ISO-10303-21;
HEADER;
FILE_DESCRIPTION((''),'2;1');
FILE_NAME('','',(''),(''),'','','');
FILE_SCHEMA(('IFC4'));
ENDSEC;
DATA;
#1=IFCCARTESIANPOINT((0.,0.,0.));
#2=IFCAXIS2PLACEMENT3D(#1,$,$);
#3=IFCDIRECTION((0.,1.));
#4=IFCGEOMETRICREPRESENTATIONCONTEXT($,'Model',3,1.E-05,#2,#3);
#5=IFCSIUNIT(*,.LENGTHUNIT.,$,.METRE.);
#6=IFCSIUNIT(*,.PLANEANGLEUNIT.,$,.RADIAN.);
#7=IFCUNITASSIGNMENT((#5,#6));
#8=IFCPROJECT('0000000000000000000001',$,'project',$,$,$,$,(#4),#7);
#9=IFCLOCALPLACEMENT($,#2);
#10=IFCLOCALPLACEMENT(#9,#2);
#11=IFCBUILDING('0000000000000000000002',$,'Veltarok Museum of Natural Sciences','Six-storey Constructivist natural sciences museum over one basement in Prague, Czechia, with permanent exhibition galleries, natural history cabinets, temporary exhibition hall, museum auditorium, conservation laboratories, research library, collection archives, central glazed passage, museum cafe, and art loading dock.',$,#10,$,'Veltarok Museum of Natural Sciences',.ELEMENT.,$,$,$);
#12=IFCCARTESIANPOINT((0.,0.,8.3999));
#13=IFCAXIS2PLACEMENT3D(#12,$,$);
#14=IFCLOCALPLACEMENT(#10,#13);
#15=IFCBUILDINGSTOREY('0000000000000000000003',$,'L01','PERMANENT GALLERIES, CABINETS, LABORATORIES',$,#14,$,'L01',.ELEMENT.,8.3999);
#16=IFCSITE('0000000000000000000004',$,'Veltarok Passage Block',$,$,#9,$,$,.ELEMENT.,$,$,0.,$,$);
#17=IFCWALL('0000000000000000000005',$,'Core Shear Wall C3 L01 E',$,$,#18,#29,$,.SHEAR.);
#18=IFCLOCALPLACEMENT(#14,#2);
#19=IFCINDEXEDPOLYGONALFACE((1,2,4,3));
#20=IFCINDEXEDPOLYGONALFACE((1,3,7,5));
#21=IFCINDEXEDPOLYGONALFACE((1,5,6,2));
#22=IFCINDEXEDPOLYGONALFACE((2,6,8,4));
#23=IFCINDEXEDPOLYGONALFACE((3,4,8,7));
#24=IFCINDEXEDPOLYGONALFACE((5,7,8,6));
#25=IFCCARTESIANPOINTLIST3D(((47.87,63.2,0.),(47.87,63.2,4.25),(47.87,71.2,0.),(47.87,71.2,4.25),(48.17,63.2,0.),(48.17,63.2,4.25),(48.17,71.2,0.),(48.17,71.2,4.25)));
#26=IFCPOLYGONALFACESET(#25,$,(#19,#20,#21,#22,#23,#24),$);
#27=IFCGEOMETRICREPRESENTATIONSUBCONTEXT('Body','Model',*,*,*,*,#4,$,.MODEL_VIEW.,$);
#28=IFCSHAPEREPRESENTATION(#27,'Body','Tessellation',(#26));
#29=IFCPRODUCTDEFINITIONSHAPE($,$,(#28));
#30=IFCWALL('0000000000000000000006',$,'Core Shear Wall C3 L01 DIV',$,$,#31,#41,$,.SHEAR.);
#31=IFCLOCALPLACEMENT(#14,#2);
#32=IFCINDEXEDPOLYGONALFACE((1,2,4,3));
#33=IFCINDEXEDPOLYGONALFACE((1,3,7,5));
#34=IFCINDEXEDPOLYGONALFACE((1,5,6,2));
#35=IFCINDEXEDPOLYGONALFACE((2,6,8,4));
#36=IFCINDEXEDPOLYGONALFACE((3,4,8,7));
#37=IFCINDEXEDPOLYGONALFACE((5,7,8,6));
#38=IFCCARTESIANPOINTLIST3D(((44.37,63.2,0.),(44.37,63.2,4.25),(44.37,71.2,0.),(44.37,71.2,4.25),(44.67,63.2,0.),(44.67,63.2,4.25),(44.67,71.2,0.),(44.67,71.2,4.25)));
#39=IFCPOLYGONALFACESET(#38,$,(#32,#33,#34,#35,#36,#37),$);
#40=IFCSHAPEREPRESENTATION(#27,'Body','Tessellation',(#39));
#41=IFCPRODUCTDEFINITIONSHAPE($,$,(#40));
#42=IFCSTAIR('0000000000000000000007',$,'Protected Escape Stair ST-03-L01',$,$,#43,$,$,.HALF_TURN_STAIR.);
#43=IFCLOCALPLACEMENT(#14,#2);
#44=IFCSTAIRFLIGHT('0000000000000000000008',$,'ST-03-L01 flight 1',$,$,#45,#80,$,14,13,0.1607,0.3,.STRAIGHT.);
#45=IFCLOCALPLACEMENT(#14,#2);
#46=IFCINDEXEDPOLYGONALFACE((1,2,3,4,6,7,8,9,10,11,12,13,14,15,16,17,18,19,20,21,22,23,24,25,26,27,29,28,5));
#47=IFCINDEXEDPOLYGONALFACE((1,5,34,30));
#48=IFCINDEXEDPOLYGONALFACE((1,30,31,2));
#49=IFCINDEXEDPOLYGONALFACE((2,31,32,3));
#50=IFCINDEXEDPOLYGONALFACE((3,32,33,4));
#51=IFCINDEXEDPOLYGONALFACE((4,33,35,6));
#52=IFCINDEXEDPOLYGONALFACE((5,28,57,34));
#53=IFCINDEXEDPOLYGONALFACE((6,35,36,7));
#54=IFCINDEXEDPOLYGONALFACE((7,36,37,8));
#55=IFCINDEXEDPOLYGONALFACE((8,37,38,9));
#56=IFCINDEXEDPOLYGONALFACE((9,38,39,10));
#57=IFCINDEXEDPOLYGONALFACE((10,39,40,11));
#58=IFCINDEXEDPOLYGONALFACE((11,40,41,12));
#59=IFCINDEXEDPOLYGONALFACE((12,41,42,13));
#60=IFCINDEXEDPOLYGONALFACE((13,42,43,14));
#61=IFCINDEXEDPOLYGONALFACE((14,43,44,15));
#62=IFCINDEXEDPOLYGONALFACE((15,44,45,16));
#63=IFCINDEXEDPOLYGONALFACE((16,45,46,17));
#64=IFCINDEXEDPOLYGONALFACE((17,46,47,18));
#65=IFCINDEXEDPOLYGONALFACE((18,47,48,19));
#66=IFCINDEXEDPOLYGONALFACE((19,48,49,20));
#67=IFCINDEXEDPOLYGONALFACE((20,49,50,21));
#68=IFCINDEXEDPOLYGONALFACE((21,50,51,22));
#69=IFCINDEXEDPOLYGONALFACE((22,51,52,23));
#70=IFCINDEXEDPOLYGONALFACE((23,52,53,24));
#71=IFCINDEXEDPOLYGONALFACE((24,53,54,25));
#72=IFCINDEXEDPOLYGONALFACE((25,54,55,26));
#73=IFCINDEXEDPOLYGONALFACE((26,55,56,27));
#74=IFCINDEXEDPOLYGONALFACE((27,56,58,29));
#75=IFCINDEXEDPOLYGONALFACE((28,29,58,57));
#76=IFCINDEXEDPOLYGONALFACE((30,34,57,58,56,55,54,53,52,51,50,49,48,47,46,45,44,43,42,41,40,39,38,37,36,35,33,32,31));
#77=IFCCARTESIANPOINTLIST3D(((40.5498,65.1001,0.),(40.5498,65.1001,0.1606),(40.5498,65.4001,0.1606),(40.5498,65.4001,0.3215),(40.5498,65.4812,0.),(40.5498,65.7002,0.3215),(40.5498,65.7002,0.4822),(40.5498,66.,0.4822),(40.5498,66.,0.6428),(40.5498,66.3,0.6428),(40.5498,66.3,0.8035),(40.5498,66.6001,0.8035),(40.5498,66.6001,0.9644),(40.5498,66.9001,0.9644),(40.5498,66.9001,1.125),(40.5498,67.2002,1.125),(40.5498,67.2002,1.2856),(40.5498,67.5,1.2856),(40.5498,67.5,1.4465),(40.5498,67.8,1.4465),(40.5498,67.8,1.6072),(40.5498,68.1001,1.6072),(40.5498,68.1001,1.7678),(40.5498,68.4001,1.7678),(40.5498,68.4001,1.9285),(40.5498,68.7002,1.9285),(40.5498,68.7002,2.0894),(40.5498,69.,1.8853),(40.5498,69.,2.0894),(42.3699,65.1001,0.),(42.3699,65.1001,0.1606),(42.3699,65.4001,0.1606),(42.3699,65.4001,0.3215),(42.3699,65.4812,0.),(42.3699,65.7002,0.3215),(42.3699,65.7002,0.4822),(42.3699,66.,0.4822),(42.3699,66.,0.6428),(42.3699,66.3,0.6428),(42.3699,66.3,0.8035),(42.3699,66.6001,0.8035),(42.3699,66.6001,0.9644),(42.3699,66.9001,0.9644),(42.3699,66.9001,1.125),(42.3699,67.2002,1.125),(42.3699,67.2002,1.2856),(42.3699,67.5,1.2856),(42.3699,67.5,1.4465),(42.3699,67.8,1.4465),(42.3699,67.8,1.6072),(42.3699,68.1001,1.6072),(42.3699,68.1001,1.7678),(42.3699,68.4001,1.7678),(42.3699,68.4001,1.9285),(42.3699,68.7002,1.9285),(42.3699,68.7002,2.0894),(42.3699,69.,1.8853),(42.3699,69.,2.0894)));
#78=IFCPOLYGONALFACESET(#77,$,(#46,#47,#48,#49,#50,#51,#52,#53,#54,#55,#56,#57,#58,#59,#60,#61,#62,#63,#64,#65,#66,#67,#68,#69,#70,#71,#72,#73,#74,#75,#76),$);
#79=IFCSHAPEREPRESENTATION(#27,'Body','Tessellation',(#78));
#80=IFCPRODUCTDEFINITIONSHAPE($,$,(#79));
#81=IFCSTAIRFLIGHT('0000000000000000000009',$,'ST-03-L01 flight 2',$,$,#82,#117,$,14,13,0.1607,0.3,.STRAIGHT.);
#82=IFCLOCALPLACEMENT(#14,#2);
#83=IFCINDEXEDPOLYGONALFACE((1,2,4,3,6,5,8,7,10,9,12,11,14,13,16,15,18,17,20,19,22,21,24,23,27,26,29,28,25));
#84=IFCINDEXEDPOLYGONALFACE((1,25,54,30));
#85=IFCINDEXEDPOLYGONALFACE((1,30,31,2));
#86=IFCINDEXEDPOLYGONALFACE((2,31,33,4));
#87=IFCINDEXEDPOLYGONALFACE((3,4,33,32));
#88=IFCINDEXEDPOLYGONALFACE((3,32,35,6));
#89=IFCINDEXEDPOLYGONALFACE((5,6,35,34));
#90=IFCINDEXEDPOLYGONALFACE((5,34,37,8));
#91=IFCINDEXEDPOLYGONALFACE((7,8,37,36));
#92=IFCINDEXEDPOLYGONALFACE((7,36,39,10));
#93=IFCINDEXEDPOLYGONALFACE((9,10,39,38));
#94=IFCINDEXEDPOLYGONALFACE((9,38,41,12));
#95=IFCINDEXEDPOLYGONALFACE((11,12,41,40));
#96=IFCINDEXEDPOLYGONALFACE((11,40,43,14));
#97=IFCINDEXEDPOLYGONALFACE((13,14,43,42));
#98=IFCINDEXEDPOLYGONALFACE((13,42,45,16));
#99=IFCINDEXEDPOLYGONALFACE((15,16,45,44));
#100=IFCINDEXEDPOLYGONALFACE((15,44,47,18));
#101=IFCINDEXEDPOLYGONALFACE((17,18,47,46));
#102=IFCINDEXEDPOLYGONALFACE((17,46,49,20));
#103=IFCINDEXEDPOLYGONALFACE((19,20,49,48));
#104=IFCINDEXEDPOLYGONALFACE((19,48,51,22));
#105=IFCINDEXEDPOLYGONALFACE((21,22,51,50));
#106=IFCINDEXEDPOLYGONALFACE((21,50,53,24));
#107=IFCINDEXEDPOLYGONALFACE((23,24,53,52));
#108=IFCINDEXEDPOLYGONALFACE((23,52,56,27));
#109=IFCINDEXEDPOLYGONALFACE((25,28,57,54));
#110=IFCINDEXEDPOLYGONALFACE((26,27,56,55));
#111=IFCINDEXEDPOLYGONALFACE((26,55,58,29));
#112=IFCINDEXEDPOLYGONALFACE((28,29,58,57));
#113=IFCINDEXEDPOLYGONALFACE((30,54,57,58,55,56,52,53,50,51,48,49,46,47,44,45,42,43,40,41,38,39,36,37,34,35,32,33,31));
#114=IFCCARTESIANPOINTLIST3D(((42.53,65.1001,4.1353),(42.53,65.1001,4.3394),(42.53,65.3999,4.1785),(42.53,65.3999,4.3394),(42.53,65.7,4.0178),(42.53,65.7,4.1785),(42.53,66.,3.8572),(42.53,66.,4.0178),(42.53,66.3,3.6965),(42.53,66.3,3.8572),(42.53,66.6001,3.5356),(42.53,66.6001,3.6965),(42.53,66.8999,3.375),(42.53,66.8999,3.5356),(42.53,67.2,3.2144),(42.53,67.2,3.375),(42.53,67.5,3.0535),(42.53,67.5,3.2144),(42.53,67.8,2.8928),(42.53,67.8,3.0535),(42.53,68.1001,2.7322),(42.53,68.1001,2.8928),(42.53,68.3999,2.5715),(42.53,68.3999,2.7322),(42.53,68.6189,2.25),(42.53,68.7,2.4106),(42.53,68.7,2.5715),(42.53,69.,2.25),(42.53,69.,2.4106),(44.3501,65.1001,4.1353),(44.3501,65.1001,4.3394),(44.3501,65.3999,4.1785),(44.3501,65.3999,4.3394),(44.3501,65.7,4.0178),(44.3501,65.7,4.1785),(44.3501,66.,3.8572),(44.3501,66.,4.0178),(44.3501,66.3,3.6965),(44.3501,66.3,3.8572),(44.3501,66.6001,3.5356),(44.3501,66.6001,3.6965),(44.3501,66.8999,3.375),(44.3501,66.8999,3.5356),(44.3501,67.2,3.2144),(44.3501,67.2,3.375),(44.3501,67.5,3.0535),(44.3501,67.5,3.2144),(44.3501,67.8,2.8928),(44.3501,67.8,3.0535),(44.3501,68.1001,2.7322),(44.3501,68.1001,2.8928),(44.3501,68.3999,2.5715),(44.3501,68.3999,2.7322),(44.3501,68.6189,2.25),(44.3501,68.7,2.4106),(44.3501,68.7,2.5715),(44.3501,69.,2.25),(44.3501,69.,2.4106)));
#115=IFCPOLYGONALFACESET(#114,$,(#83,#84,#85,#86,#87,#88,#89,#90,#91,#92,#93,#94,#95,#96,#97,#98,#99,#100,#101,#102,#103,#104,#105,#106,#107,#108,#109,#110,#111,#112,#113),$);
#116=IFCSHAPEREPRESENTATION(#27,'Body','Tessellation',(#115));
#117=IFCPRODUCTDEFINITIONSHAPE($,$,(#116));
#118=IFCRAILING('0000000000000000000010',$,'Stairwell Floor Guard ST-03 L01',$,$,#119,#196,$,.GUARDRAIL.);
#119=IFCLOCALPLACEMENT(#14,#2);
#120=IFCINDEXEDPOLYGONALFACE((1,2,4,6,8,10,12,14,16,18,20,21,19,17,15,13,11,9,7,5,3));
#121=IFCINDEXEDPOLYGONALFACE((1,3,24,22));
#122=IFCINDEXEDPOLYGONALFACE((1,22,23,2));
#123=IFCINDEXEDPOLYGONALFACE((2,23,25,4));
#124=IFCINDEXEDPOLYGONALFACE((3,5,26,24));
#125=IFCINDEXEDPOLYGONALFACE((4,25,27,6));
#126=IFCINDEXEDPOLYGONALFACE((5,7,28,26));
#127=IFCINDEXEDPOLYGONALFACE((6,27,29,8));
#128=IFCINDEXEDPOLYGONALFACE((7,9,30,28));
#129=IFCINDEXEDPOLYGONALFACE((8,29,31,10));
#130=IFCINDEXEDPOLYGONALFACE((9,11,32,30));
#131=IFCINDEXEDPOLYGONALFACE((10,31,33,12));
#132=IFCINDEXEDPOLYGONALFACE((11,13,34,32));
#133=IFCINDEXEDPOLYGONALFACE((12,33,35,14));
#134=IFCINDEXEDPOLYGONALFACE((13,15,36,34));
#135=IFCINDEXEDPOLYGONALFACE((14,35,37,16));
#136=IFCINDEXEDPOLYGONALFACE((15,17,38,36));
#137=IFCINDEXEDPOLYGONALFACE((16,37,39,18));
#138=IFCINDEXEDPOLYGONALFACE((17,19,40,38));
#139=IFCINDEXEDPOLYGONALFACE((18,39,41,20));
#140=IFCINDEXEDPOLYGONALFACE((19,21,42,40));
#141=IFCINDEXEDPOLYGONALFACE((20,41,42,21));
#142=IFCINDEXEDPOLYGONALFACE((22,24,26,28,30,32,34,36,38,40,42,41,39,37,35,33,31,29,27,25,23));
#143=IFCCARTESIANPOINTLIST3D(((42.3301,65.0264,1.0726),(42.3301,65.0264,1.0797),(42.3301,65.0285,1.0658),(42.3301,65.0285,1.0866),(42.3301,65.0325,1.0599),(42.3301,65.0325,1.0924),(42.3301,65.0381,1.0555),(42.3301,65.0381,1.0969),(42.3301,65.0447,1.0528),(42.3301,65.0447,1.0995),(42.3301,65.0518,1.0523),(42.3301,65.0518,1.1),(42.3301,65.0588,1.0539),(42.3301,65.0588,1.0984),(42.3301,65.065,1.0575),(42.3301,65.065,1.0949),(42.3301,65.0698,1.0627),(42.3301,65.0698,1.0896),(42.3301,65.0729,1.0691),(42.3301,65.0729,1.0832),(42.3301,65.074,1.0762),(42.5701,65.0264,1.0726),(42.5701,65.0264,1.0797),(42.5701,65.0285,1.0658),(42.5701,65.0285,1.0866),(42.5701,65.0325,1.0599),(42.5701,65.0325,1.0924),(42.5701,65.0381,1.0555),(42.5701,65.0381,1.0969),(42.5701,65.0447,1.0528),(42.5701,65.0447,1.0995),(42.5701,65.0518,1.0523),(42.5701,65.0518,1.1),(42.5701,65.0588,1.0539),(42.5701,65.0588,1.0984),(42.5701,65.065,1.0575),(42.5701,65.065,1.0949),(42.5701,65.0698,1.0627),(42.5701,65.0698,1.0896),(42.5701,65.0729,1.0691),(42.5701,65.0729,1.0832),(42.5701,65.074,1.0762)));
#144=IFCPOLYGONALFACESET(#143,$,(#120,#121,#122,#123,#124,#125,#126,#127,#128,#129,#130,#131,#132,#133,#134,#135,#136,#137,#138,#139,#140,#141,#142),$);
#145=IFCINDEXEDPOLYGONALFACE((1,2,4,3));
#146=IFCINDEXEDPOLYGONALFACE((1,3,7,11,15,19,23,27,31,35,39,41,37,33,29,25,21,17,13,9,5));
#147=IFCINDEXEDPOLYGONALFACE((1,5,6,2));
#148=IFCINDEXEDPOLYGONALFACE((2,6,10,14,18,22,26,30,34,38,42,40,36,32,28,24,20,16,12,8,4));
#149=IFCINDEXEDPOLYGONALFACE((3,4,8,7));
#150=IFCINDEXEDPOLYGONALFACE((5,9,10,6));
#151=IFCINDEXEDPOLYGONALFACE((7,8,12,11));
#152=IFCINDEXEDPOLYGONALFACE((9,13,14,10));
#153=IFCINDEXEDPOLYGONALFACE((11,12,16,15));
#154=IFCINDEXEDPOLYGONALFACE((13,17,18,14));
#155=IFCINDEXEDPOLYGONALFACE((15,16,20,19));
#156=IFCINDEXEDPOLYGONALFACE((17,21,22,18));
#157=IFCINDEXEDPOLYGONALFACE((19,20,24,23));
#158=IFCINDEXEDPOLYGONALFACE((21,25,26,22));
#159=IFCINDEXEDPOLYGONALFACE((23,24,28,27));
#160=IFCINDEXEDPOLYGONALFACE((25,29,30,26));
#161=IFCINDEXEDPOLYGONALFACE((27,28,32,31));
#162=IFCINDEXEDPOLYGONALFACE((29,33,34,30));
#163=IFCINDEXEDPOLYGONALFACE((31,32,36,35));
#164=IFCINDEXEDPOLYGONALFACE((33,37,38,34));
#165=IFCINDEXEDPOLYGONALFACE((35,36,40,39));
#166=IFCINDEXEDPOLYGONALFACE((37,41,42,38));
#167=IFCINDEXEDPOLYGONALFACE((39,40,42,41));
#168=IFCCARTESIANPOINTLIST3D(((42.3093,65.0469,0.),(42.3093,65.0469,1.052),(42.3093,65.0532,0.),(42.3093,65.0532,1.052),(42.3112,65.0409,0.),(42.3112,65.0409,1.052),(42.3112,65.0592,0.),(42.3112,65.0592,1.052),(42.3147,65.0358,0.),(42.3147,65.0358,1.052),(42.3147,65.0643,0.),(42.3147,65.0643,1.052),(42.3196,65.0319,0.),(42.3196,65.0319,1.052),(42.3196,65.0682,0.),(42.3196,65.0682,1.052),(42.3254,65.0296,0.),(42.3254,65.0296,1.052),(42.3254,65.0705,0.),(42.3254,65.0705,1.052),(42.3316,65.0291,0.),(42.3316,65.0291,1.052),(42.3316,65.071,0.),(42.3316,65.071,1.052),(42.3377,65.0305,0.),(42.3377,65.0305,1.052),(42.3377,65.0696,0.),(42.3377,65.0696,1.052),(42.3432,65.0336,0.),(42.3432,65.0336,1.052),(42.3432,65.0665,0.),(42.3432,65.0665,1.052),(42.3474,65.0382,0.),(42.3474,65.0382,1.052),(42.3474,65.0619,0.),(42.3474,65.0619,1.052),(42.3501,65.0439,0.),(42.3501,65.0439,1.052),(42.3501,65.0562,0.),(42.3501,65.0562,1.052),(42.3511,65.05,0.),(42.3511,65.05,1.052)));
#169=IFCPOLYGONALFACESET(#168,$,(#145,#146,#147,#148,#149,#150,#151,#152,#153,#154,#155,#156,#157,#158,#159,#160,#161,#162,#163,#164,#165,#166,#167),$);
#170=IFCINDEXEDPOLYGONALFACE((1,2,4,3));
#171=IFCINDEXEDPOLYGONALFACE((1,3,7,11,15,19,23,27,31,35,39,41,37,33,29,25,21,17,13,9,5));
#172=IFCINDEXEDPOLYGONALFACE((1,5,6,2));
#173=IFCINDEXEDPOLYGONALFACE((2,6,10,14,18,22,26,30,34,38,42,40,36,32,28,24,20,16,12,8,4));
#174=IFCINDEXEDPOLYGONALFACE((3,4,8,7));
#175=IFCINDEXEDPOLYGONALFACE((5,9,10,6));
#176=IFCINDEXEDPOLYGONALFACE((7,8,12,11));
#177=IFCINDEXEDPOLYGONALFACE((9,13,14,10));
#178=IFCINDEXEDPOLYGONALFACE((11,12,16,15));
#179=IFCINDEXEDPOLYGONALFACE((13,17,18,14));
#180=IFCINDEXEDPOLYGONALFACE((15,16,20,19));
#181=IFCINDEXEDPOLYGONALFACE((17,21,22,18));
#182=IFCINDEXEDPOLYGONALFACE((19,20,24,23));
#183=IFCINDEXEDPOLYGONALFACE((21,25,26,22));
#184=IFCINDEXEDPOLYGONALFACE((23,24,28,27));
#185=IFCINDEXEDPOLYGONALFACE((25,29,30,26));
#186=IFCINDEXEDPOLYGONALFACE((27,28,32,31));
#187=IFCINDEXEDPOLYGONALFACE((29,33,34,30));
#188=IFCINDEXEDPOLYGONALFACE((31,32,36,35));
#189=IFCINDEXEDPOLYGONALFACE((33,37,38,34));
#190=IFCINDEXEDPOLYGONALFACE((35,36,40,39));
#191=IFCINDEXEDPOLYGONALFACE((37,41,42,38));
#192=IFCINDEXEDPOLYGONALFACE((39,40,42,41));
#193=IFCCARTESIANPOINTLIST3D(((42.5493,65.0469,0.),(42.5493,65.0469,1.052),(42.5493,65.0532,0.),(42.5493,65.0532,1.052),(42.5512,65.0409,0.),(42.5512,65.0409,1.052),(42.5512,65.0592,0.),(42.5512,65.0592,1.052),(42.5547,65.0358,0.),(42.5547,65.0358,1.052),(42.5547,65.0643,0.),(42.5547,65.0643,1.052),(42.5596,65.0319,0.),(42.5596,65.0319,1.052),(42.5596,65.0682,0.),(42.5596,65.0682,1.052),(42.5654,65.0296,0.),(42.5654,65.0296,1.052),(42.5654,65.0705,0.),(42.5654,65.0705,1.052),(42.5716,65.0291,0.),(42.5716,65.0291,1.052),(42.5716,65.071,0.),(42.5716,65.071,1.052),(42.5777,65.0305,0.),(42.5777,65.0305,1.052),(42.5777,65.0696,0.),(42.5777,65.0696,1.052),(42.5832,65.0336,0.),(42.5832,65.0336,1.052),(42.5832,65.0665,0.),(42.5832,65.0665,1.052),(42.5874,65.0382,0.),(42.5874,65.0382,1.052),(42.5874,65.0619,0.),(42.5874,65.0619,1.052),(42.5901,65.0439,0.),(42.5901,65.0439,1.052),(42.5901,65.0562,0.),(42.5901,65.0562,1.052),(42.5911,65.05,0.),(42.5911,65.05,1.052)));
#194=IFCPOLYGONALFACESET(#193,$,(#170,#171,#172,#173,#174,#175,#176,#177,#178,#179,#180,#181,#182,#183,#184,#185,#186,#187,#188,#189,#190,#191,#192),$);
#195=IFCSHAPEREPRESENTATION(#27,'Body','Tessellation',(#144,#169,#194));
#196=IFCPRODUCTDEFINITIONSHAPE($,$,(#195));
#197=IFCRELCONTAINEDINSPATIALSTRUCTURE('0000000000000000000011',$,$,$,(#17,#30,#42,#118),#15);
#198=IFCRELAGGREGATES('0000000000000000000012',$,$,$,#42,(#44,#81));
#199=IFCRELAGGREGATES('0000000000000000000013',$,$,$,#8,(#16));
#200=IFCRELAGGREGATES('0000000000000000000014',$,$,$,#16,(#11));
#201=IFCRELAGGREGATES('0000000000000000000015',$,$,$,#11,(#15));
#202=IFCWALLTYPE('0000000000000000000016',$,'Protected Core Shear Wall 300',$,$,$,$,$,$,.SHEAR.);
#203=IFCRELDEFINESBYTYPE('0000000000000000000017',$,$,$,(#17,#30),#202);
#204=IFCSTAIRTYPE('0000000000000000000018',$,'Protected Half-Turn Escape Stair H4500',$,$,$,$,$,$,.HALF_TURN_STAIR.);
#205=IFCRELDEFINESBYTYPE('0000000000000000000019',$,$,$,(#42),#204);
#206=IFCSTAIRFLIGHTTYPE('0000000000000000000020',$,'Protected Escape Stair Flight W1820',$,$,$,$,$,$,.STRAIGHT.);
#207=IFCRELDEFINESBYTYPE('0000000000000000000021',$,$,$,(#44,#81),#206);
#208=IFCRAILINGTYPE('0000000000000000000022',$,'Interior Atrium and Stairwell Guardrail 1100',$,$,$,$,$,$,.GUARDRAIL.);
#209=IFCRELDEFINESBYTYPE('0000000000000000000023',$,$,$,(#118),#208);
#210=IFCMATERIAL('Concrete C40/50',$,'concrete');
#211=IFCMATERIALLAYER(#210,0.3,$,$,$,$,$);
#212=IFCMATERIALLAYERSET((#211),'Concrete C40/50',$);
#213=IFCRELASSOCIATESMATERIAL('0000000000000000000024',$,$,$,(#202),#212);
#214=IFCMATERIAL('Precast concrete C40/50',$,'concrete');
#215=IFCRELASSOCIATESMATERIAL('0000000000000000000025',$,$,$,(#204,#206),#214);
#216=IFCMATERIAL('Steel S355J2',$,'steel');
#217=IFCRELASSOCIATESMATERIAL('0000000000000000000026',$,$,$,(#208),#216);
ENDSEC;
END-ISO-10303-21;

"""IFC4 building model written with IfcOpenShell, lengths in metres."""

from ifc_helpers import new_model, si_unit, direction, frame, frame_2d, origin, origin_2d, place, context, subcontext, project, spatial, polyline, rectangle, circle, outline, extrude, material, layer, layer_set, type_object, element, aggregate, save


model = new_model("IFC4")

# Units and contexts
model_context = context("Model", 3, precision=1e-05, world=origin(), true_north=direction((0.0, 1.0)))
body_context = subcontext(model_context, "Body", "Model", "MODEL_VIEW")
ifc_project = project(units=[si_unit("LENGTHUNIT", "METRE"), si_unit("PLANEANGLEUNIT", "RADIAN")], contexts=[model_context])

# Site, building, storey
site_placement = place(None, origin())
site = spatial("IfcSite", under=ifc_project, at=site_placement, Name="Veltarok Passage Block", CompositionType="ELEMENT", RefElevation=0.0)
building_placement = place(site_placement, origin())
building = spatial("IfcBuilding", under=site, at=building_placement, Name="Veltarok Museum of Natural Sciences", Description="Six-storey Constructivist natural sciences museum over one basement in Prague, Czechia, with permanent exhibition galleries, natural history cabinets, temporary exhibition hall, museum auditorium, conservation laboratories, research library, collection archives, central glazed passage, museum cafe, and art loading dock.", LongName="Veltarok Museum of Natural Sciences", CompositionType="ELEMENT")
storey_placement = place(building_placement, frame((0.0, 0.0, 8.3999)))
storey = spatial("IfcBuildingStorey", under=building, at=storey_placement, Name="L01", Description="PERMANENT GALLERIES, CABINETS, LABORATORIES", LongName="L01", CompositionType="ELEMENT", Elevation=8.3999)

# Shared definitions
ifc_material_1 = material(Name="Steel S355J2", Category="steel")

# Shared definitions
ifc_material_2 = material(Name="Concrete C40/50", Category="concrete")

# Shared definitions
ifc_layer_1 = layer(ifc_material_2, 0.3)
ifc_layer_set_1 = layer_set([ifc_layer_1], Name="Concrete C40/50")
wall_type_1 = type_object("IfcWallType", Name="Protected Core Shear Wall 300", PredefinedType="SHEAR", material=ifc_layer_set_1)

# Walls
for number, where, z_axis, x_axis, name in (
    (1, (48.02, 63.2, 0.0), (0.0, 0.0, 1.0), (0.0, 1.0, 0.0), "Core Shear Wall C3 L01 E"),
    (2, (44.52, 63.2, 0.0), (0.0, 0.0, 1.0), (0.0, 1.0, 0.0), "Core Shear Wall C3 L01 DIV"),
):
    element("IfcWall", number, at=place(storey_placement, frame(where, z_axis=z_axis, x_axis=x_axis)), inside=storey, type_object=wall_type_1, Name=name, PredefinedType="SHEAR", context=body_context, shape_type="SweptSolid", body=[
        extrude(rectangle(XDim=8.0, YDim=0.3, at=frame_2d((4.0, 0.0))), origin(), (0.0, 0.0, 1.0), 4.25),
    ])

# Stair, stair flights
ifc_material_3 = material(Name="Precast concrete C40/50", Category="concrete")
stair_type = type_object("IfcStairType", Name="Protected Half-Turn Escape Stair H4500", PredefinedType="HALF_TURN_STAIR", material=ifc_material_3)
stair_placement = place(storey_placement, origin())
stair = element("IfcStair", 3, at=stair_placement, inside=storey, type_object=stair_type, Name="Protected Escape Stair ST-03-L01", PredefinedType="HALF_TURN_STAIR")
stair_flight_type = type_object("IfcStairFlightType", Name="Protected Escape Stair Flight W1820", PredefinedType="STRAIGHT", material=ifc_material_3)
stair_flight_1_placement = place(storey_placement, frame((41.46, 65.1001, 0.0), z_axis=(0.0, 0.0, 1.0), x_axis=(0.0, 1.0, 0.0)))
stair_flight_1 = element("IfcStairFlight", 4, at=stair_flight_1_placement, type_object=stair_flight_type, Name="ST-03-L01 flight 1", NumberOfRisers=14, NumberOfTreads=13, PredefinedType="STRAIGHT", RiserHeight=0.1607, TreadLength=0.3, context=body_context, shape_type="SweptSolid", body=[
    extrude(outline(polyline([(0.0, 0.0), (0.0, 0.1606), (0.3, 0.1606), (0.3, 0.3215), (0.6001, 0.3215), (0.6001, 0.4822), (0.8999, 0.4822), (0.8999, 0.6428), (1.2, 0.6428), (1.2, 0.8035), (1.5, 0.8035), (1.5, 0.9644), (1.8, 0.9644), (1.8, 1.125), (2.1001, 1.125), (2.1001, 1.2856), (2.3999, 1.2856), (2.3999, 1.4465), (2.7, 1.4465), (2.7, 1.6072), (3.0, 1.6072), (3.0, 1.7678), (3.3, 1.7678), (3.3, 1.9285), (3.6001, 1.9285), (3.6001, 2.0894), (3.8999, 2.0894), (3.8999, 2.25), (3.8999, 1.8853), (0.3811, 0.0), (0.0, 0.0)])), frame((0.0, 0.9102, 0.0), z_axis=(0.0, -1.0, 0.0), x_axis=(1.0, 0.0, 0.0)), (0.0, 0.0, 1.0), 1.8201),
])
stair_flight_2_placement = place(storey_placement, frame((43.4399, 69.0, 2.25), z_axis=(0.0, 0.0, 1.0), x_axis=(0.0, -1.0, 0.0)))
stair_flight_2 = element("IfcStairFlight", 5, at=stair_flight_2_placement, type_object=stair_flight_type, Name="ST-03-L01 flight 2", NumberOfRisers=14, NumberOfTreads=13, PredefinedType="STRAIGHT", RiserHeight=0.1607, TreadLength=0.3, context=body_context, shape_type="SweptSolid", body=[
    extrude(outline(polyline([(0.0, 0.0), (0.0, 0.1606), (0.3, 0.1606), (0.3, 0.3215), (0.6001, 0.3215), (0.6001, 0.4822), (0.8999, 0.4822), (0.8999, 0.6428), (1.2, 0.6428), (1.2, 0.8035), (1.5, 0.8035), (1.5, 0.9644), (1.8, 0.9644), (1.8, 1.125), (2.1001, 1.125), (2.1001, 1.2856), (2.3999, 1.2856), (2.3999, 1.4465), (2.7, 1.4465), (2.7, 1.6072), (3.0, 1.6072), (3.0, 1.7678), (3.3, 1.7678), (3.3, 1.9285), (3.6001, 1.9285), (3.6001, 2.0894), (3.8999, 2.0894), (3.8999, 2.25), (3.8999, 1.8853), (0.3811, 0.0), (0.0, 0.0)])), frame((0.0, 0.9102, 0.0), z_axis=(0.0, -1.0, 0.0), x_axis=(1.0, 0.0, 0.0)), (0.0, 0.0, 1.0), 1.8201),
])
aggregate(stair, [stair_flight_1, stair_flight_2])

# Railing
railing_type_1 = type_object("IfcRailingType", Name="Interior Atrium and Stairwell Guardrail 1100", PredefinedType="GUARDRAIL", material=ifc_material_1)
for number, where, name in (
    (6, (42.3301, 65.05, 0.0), "Stairwell Floor Guard ST-03 L01"),
):
    element("IfcRailing", number, at=place(storey_placement, frame(where)), inside=storey, type_object=railing_type_1, Name=name, PredefinedType="GUARDRAIL", context=body_context, shape_type="SweptSolid", body=[
        extrude(circle(Radius=0.0239, at=origin_2d()), frame((0.0, 0.0, 1.0762), z_axis=(1.0, 0.0, 0.0), x_axis=(0.0, 1.0, 0.0)), (0.0, 0.0, 1.0), 0.24),
        extrude(circle(Radius=0.021, at=origin_2d()), origin(), (0.0, 0.0, 1.0), 1.052),
        extrude(circle(Radius=0.021, at=origin_2d()), frame((0.24, 0.0, 0.0)), (0.0, 0.0, 1.0), 1.052),
    ])

save(model, "model.ifc")
